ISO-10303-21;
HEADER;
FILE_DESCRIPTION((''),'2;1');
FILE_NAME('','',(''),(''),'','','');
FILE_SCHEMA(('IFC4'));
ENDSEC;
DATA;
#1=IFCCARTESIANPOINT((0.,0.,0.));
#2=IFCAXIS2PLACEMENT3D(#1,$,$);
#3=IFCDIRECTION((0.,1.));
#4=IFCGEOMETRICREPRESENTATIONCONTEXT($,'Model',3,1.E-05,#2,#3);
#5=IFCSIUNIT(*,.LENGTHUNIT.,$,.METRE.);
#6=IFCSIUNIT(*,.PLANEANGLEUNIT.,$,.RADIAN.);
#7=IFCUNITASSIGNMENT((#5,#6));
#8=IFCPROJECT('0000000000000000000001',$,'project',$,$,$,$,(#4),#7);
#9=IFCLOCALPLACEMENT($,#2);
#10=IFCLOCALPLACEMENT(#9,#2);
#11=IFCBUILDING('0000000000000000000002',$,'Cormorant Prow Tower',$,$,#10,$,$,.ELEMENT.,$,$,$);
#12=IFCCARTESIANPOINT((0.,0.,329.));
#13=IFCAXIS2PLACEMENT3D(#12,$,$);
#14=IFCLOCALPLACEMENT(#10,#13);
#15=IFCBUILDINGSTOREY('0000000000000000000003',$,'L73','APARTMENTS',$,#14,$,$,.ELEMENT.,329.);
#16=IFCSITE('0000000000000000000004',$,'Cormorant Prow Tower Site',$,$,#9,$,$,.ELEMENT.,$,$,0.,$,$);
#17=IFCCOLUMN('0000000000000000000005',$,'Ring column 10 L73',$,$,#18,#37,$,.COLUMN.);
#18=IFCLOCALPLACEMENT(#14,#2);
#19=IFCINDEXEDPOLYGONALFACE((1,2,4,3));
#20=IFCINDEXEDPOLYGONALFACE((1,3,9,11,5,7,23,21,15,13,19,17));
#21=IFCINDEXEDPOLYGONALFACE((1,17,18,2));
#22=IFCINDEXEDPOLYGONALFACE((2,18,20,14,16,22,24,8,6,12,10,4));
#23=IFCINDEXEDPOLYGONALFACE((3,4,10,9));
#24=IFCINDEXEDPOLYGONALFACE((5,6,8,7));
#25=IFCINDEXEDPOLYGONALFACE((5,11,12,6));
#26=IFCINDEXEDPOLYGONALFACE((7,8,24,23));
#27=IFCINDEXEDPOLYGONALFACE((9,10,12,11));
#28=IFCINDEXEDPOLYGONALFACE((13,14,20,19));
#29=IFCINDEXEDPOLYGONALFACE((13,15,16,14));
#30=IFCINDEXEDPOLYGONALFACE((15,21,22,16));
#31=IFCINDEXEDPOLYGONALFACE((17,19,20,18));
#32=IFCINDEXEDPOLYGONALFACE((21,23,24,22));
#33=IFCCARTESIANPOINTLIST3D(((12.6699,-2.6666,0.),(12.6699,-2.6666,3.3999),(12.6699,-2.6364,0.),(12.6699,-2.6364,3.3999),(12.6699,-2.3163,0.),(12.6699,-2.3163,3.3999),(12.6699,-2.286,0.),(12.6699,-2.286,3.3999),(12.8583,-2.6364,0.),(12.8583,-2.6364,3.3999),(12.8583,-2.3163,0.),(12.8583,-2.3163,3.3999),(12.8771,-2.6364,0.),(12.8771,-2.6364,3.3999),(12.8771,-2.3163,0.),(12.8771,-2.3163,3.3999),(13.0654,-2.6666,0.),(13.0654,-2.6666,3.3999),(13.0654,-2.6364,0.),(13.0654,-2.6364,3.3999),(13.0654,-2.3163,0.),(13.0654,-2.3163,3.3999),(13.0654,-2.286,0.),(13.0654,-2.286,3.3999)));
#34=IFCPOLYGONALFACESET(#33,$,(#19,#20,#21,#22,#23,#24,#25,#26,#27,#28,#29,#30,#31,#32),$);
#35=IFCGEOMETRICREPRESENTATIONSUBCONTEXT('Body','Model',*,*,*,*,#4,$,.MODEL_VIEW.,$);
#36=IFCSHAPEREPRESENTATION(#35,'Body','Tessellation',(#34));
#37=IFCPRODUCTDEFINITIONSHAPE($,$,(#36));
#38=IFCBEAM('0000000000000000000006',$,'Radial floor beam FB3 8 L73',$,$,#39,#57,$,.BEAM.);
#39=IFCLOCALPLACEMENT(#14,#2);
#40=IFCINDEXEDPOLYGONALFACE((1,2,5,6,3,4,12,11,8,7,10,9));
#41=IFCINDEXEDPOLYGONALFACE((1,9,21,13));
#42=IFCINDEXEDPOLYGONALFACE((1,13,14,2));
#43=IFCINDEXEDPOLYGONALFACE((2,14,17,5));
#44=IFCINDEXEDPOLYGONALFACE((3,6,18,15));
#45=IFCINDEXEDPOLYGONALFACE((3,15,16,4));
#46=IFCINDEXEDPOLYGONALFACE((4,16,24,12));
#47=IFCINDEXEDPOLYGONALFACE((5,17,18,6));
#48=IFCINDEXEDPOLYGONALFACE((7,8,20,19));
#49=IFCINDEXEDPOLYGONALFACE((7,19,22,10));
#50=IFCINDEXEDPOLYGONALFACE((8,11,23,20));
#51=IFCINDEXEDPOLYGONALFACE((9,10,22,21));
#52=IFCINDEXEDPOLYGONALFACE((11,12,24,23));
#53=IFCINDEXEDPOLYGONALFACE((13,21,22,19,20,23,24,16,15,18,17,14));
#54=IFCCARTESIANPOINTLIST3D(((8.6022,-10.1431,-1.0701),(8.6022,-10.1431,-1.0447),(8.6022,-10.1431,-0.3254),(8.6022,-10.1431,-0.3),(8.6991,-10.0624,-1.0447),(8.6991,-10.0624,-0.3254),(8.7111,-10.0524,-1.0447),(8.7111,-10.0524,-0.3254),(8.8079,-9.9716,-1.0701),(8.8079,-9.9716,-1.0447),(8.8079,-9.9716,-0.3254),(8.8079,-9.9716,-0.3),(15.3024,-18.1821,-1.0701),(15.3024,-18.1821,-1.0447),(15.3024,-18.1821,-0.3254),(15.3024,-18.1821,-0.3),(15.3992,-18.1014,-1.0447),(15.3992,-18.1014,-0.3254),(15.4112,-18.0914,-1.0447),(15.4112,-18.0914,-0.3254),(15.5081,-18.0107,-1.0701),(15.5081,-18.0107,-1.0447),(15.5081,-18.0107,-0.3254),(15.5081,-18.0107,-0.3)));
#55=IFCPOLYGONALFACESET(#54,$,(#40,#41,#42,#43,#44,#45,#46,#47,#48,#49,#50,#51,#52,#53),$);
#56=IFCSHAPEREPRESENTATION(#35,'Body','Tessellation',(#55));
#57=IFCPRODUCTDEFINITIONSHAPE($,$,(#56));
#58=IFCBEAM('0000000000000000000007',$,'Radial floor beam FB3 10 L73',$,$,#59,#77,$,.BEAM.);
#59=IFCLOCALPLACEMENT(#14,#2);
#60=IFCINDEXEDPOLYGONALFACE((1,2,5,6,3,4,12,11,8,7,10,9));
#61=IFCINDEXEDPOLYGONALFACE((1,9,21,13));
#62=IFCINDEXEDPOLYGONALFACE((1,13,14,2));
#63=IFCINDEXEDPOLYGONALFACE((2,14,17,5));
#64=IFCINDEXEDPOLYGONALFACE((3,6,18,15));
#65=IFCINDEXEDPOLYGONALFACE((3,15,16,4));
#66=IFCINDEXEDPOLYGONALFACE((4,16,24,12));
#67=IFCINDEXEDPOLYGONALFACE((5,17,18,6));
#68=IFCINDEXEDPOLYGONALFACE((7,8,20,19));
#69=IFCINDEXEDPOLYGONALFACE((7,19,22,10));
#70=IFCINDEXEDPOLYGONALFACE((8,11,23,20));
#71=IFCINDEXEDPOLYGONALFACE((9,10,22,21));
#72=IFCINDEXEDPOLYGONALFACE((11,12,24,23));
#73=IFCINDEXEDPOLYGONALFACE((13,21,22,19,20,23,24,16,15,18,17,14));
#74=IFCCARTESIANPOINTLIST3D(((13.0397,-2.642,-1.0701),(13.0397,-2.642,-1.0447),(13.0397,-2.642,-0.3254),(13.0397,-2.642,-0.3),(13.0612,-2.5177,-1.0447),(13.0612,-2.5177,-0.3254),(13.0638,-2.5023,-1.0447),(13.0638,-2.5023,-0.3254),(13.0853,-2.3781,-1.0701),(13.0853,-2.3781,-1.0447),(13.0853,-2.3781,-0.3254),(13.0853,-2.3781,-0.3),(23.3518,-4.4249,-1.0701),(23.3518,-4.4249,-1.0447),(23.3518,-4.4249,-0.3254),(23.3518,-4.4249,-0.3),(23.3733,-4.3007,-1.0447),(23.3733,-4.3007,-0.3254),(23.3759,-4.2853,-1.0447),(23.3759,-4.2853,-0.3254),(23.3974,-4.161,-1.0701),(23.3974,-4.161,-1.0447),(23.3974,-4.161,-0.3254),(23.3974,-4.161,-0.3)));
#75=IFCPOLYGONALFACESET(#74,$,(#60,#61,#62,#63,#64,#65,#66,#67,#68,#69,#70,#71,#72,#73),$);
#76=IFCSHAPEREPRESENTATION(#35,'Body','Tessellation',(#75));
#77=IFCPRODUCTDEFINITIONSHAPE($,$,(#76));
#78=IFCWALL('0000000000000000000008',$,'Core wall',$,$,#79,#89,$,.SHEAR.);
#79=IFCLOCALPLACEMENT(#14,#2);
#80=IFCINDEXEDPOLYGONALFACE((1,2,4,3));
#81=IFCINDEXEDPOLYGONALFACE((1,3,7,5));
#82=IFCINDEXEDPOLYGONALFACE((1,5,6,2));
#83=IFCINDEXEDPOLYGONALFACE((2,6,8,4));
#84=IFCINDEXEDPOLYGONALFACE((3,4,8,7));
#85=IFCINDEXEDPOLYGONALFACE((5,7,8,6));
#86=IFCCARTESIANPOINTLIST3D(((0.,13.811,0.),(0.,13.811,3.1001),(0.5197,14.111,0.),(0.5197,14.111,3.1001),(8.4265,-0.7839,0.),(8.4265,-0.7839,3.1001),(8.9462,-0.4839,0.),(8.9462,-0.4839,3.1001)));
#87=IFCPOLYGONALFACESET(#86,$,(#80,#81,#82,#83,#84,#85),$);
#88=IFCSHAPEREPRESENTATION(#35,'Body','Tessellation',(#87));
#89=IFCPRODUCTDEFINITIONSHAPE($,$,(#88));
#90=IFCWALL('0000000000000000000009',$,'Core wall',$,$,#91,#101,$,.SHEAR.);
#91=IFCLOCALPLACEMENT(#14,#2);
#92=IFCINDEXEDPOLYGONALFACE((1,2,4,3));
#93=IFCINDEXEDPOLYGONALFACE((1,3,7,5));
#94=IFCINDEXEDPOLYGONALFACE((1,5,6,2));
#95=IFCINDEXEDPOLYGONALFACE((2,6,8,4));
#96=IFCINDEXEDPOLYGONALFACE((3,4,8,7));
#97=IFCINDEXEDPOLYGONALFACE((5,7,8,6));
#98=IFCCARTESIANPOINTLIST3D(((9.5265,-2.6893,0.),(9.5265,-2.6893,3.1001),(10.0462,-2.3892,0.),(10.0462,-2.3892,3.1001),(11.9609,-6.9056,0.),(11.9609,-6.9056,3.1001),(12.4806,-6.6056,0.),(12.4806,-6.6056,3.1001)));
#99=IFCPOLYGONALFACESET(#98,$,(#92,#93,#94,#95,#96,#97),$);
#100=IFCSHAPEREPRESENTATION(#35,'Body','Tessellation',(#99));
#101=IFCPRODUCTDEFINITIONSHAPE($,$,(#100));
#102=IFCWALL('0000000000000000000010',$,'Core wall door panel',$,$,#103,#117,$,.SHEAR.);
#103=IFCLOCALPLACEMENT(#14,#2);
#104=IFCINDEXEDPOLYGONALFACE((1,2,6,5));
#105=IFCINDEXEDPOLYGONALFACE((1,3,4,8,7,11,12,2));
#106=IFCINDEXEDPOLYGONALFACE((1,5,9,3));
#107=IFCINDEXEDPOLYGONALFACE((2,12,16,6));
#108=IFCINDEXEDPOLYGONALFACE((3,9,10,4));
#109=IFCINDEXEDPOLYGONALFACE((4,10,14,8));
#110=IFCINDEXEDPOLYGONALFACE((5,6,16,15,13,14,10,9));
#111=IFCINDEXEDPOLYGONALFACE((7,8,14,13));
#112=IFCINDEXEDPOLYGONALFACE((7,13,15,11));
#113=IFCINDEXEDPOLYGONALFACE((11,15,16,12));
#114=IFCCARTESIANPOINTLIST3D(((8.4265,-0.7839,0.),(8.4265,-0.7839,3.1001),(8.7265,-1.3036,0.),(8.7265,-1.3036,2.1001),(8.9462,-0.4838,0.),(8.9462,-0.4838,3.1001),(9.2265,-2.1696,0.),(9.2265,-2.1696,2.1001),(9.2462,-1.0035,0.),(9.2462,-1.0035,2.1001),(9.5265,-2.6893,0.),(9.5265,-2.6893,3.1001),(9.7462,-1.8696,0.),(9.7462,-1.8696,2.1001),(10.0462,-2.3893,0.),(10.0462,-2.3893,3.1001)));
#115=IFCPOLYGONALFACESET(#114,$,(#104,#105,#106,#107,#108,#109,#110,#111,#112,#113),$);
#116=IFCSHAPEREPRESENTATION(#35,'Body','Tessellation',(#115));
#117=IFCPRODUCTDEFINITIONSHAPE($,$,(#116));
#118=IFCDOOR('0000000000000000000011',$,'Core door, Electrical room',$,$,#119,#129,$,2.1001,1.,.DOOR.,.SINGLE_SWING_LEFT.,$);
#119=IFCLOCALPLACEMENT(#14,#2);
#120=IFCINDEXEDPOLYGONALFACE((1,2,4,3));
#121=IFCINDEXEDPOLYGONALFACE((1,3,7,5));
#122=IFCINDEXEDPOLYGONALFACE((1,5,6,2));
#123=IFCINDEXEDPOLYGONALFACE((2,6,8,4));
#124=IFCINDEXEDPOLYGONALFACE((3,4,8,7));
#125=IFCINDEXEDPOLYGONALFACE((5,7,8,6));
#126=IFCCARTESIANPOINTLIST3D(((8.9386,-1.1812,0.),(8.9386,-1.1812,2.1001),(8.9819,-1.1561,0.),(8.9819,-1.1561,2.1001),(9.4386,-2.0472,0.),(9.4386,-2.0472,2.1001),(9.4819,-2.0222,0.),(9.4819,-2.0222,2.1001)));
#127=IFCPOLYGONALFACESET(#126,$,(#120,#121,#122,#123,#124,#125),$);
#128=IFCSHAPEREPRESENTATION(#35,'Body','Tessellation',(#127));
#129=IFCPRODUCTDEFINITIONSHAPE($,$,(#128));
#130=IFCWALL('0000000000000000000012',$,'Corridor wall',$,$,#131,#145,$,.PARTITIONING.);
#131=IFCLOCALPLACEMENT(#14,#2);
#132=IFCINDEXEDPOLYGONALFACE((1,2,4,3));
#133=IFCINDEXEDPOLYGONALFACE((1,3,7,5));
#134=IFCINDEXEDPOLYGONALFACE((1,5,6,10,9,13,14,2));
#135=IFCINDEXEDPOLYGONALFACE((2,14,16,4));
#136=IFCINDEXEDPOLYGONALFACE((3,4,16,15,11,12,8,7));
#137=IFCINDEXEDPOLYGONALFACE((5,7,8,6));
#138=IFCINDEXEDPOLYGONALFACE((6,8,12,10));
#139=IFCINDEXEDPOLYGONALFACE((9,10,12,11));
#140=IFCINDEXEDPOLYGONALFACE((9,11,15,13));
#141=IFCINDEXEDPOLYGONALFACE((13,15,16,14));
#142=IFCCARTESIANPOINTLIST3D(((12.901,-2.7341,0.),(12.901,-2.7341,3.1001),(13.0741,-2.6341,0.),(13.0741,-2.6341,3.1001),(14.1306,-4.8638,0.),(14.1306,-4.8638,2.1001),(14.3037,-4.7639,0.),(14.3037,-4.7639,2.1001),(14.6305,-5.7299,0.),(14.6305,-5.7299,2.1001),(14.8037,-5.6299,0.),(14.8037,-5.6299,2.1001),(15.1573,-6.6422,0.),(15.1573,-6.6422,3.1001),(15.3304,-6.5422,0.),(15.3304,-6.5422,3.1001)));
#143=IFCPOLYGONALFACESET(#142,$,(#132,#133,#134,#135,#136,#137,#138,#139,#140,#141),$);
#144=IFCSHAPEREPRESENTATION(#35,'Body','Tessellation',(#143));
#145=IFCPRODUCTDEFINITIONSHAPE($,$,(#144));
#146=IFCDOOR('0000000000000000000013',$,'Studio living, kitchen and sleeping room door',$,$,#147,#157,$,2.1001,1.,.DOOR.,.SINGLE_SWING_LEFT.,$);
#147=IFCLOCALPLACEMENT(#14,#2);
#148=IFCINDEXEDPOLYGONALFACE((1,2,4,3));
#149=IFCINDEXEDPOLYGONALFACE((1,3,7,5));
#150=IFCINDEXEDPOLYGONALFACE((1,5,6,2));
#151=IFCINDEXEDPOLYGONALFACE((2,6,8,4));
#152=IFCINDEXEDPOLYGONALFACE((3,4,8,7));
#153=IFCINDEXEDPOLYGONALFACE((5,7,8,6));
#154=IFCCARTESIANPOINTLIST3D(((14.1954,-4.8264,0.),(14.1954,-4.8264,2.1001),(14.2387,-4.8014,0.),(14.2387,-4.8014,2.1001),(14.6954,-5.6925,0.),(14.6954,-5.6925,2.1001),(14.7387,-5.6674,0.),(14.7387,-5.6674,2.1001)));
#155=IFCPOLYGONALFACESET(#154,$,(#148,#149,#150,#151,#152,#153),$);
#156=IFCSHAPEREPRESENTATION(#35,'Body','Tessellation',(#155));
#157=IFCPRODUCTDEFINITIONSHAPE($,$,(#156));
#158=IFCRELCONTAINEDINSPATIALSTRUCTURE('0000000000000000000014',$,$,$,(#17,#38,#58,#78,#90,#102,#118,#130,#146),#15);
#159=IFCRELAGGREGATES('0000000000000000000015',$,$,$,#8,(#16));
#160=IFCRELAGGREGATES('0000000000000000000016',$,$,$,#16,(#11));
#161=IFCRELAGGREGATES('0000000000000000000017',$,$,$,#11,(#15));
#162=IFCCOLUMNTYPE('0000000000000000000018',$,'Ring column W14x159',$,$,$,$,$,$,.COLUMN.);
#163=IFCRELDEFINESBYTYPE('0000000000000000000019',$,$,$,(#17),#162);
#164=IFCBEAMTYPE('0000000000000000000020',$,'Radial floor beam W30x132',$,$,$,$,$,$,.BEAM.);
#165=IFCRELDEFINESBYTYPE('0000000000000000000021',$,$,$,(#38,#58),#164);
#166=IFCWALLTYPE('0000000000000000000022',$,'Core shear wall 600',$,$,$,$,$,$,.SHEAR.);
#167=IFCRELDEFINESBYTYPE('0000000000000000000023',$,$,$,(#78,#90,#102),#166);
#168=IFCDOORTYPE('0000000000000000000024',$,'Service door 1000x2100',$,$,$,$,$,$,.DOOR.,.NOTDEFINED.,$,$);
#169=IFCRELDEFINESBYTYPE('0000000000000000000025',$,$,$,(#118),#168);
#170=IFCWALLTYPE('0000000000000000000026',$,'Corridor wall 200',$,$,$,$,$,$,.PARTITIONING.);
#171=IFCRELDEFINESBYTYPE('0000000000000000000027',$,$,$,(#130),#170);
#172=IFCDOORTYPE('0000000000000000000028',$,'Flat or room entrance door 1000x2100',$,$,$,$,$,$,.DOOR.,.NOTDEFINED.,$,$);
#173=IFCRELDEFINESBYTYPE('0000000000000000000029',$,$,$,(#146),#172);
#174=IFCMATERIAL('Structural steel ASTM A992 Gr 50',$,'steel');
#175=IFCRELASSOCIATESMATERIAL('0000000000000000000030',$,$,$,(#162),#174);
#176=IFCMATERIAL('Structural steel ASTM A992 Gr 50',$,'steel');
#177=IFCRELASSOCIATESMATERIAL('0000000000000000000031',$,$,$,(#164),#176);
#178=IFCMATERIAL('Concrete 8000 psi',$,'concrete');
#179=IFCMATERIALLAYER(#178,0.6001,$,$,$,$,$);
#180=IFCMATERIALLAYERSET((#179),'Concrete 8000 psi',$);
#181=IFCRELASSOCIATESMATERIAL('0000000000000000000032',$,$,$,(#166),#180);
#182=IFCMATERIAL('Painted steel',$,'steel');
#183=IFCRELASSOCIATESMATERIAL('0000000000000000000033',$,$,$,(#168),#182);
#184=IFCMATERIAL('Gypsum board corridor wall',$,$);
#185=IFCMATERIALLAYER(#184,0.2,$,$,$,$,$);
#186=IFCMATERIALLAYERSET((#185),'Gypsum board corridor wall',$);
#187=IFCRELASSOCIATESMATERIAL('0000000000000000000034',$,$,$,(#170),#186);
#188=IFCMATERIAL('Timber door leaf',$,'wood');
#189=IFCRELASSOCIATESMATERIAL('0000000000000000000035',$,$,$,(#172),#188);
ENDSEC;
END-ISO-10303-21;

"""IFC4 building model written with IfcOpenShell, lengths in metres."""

from ifc_helpers import new_model, si_unit, direction, frame, frame_2d, origin, origin_2d, place, context, subcontext, project, spatial, rectangle, i_section, extrude, material, layer, layer_set, material_profile, profile_set, type_object, element, fill, save


model = new_model("IFC4")

# Units and contexts
model_context = context("Model", 3, precision=1e-05, world=origin(), true_north=direction((0.0, 1.0)))
body_context = subcontext(model_context, "Body", "Model", "MODEL_VIEW")
ifc_project = project(units=[si_unit("LENGTHUNIT", "METRE"), si_unit("PLANEANGLEUNIT", "RADIAN")], contexts=[model_context])

# Site, building, storey
site_placement = place(None, origin())
site = spatial("IfcSite", under=ifc_project, at=site_placement, Name="Cormorant Prow Tower Site", CompositionType="ELEMENT", RefElevation=0.0)
building_placement = place(site_placement, origin())
building = spatial("IfcBuilding", under=site, at=building_placement, Name="Cormorant Prow Tower", CompositionType="ELEMENT")
storey_placement = place(building_placement, frame((0.0, 0.0, 329.0)))
storey = spatial("IfcBuildingStorey", under=building, at=storey_placement, Name="L73", Description="APARTMENTS", CompositionType="ELEMENT", Elevation=329.0)

# Column
ifc_material_1 = material(Name="Structural steel ASTM A992 Gr 50", Category="steel")
ifc_material_profile_1 = material_profile(ifc_material_1, i_section(OverallWidth=0.3955, OverallDepth=0.3806, WebThickness=0.0188, FlangeThickness=0.0303, at=origin_2d()), Name="W14x159")
ifc_profile_set_1 = profile_set([ifc_material_profile_1], Name="Structural steel ASTM A992 Gr 50")
column_type = type_object("IfcColumnType", Name="Ring column W14x159", PredefinedType="COLUMN", material=ifc_profile_set_1)
column_placement = place(storey_placement, frame((12.8677, -2.4763, 0.0), z_axis=(0.0, 0.0, 1.0), x_axis=(1.0, 0.0, 0.0)))
element("IfcColumn", 1, at=column_placement, inside=storey, type_object=column_type, Name="Ring column 10 L73", PredefinedType="COLUMN", context=body_context, shape_type="SweptSolid", body=[
    extrude(i_section(OverallWidth=0.3955, OverallDepth=0.3806, WebThickness=0.0188, FlangeThickness=0.0303, at=origin_2d()), origin(), (0.0, 0.0, 1.0), 3.3999),
])

# Beams
ifc_material_2 = material(Name="Structural steel ASTM A992 Gr 50", Category="steel")
ifc_material_profile_2 = material_profile(ifc_material_2, i_section(OverallWidth=0.2678, OverallDepth=0.77, WebThickness=0.0156, FlangeThickness=0.0254, at=origin_2d()), Name="W30x132")
ifc_profile_set_2 = profile_set([ifc_material_profile_2], Name="Structural steel ASTM A992 Gr 50")
beam_type = type_object("IfcBeamType", Name="Radial floor beam W30x132", PredefinedType="BEAM", material=ifc_profile_set_2)
for number, where, z_axis, x_axis, name in (
    (2, (8.7051, -10.0574, -0.6851), (0.640239, -0.768175, 0.0), (0.768175, 0.640239, 0.0), "Radial floor beam FB3 8 L73"),
    (3, (13.0625, -2.51, -0.6851), (0.98538, -0.170373, 0.0), (0.170373, 0.98538, 0.0), "Radial floor beam FB3 10 L73"),
):
    element("IfcBeam", number, at=place(storey_placement, frame(where, z_axis=z_axis, x_axis=x_axis)), inside=storey, type_object=beam_type, Name=name, PredefinedType="BEAM", context=body_context, shape_type="SweptSolid", body=[
        extrude(i_section(OverallWidth=0.2678, OverallDepth=0.77, WebThickness=0.0156, FlangeThickness=0.0254, at=origin_2d()), origin(), (0.0, 0.0, 1.0), 10.4651),
    ])

# Walls
ifc_material_3 = material(Name="Concrete 8000 psi", Category="concrete")
ifc_layer_1 = layer(ifc_material_3, 0.6001)
ifc_layer_set_1 = layer_set([ifc_layer_1], Name="Concrete 8000 psi")
wall_type_1 = type_object("IfcWallType", Name="Core shear wall 600", PredefinedType="SHEAR", material=ifc_layer_set_1)
wall_1_placement = place(storey_placement, frame((8.6863, -0.6338, 0.0), z_axis=(0.0, 0.0, 1.0), x_axis=(-0.500005, 0.866023, 0.0)))
element("IfcWall", 4, at=wall_1_placement, inside=storey, type_object=wall_type_1, Name="Core wall", PredefinedType="SHEAR", context=body_context, shape_type="SweptSolid", body=[
    extrude(rectangle(XDim=16.8528, YDim=0.6001, at=frame_2d((8.4263, 0.0))), origin(), (0.0, 0.0, 1.0), 3.1001),
])
wall_2_placement = place(storey_placement, frame((12.2207, -6.7556, 0.0), z_axis=(0.0, 0.0, 1.0), x_axis=(-0.500006, 0.866022, 0.0)))
element("IfcWall", 5, at=wall_2_placement, inside=storey, type_object=wall_type_1, Name="Core wall", PredefinedType="SHEAR", context=body_context, shape_type="SweptSolid", body=[
    extrude(rectangle(XDim=4.8687, YDim=0.6001, at=frame_2d((2.4343, 0.0))), origin(), (0.0, 0.0, 1.0), 3.1001),
])

# Wall, opening, door
wall_3_placement = place(storey_placement, frame((9.7864, -2.5393, 0.0), z_axis=(0.0, 0.0, 1.0), x_axis=(-0.499982, 0.866036, 0.0)))
wall_3 = element("IfcWall", 6, at=wall_3_placement, inside=storey, type_object=wall_type_1, Name="Core wall door panel", PredefinedType="SHEAR", context=body_context, shape_type="SweptSolid", body=[
    extrude(rectangle(XDim=2.2002, YDim=0.6001, at=frame_2d((1.1001, 0.0))), origin(), (0.0, 0.0, 1.0), 3.1001),
])
opening_1_placement = place(wall_3_placement, frame((0.6001, 0.0, 0.0)))
opening_1 = element("IfcOpeningElement", 7, at=opening_1_placement, cuts=wall_3, PredefinedType="OPENING", context=body_context, shape_type="SweptSolid", body=[
    extrude(rectangle(XDim=1.0, YDim=2.1001, at=frame_2d((0.5, 1.05))), frame((0.0, 0.3101, 0.0), z_axis=(0.0, -1.0, 0.0), x_axis=(1.0, 0.0, 0.0)), (0.0, 0.0, 1.0), 0.6201),
])
ifc_material_4 = material(Name="Painted steel", Category="steel")
door_type_1 = type_object("IfcDoorType", Name="Service door 1000x2100", OperationType="NOTDEFINED", PredefinedType="DOOR", material=ifc_material_4)
door_1_placement = place(opening_1_placement, origin())
door_1 = element("IfcDoor", 8, at=door_1_placement, inside=storey, type_object=door_type_1, Name="Core door, Electrical room", OperationType="SINGLE_SWING_LEFT", OverallHeight=2.1001, OverallWidth=1.0, PredefinedType="DOOR", context=body_context, shape_type="SweptSolid", body=[
    extrude(rectangle(XDim=1.0, YDim=2.1001, at=frame_2d((0.5, 1.05))), frame((0.0, 0.0552, 0.0), z_axis=(0.0, -1.0, 0.0), x_axis=(1.0, 0.0, 0.0)), (0.0, 0.0, 1.0), 0.05),
])
fill(opening_1, door_1)

# Shared definitions
ifc_material_5 = material(Name="Gypsum board corridor wall")
ifc_layer_2 = layer(ifc_material_5, 0.2)
ifc_layer_set_2 = layer_set([ifc_layer_2], Name="Gypsum board corridor wall")
wall_type_2 = type_object("IfcWallType", Name="Corridor wall 200", PredefinedType="PARTITIONING", material=ifc_layer_set_2)

# Wall, opening, door
wall_4_placement = place(storey_placement, frame((12.9875, -2.6841, 0.0), z_axis=(0.0, 0.0, 1.0), x_axis=(0.499991, -0.866031, 0.0)))
wall_4 = element("IfcWall", 9, at=wall_4_placement, inside=storey, type_object=wall_type_2, Name="Corridor wall", PredefinedType="PARTITIONING", context=body_context, shape_type="SweptSolid", body=[
    extrude(rectangle(XDim=4.5127, YDim=0.2, at=frame_2d((2.2563, 0.0))), origin(), (0.0, 0.0, 1.0), 3.1001),
])
opening_2_placement = place(wall_4_placement, frame((2.4592, 0.0, 0.0)))
opening_2 = element("IfcOpeningElement", 10, at=opening_2_placement, cuts=wall_4, PredefinedType="OPENING", context=body_context, shape_type="SweptSolid", body=[
    extrude(rectangle(XDim=1.0, YDim=2.1001, at=frame_2d((0.5, 1.05))), frame((0.0, 0.1099, 0.0), z_axis=(0.0, -1.0, 0.0), x_axis=(1.0, 0.0, 0.0)), (0.0, 0.0, 1.0), 0.22),
])
ifc_material_6 = material(Name="Timber door leaf", Category="wood")
door_type_2 = type_object("IfcDoorType", Name="Flat or room entrance door 1000x2100", OperationType="NOTDEFINED", PredefinedType="DOOR", material=ifc_material_6)
door_2_placement = place(opening_2_placement, origin())
door_2 = element("IfcDoor", 11, at=door_2_placement, inside=storey, type_object=door_type_2, Name="Studio living, kitchen and sleeping room door", OperationType="SINGLE_SWING_LEFT", OverallHeight=2.1001, OverallWidth=1.0, PredefinedType="DOOR", context=body_context, shape_type="SweptSolid", body=[
    extrude(rectangle(XDim=1.0, YDim=2.1001, at=frame_2d((0.5, 1.05))), frame((0.0, 0.0249, 0.0), z_axis=(0.0, -1.0, 0.0), x_axis=(1.0, 0.0, 0.0)), (0.0, 0.0, 1.0), 0.05),
])
fill(opening_2, door_2)

save(model, "model.ifc")
